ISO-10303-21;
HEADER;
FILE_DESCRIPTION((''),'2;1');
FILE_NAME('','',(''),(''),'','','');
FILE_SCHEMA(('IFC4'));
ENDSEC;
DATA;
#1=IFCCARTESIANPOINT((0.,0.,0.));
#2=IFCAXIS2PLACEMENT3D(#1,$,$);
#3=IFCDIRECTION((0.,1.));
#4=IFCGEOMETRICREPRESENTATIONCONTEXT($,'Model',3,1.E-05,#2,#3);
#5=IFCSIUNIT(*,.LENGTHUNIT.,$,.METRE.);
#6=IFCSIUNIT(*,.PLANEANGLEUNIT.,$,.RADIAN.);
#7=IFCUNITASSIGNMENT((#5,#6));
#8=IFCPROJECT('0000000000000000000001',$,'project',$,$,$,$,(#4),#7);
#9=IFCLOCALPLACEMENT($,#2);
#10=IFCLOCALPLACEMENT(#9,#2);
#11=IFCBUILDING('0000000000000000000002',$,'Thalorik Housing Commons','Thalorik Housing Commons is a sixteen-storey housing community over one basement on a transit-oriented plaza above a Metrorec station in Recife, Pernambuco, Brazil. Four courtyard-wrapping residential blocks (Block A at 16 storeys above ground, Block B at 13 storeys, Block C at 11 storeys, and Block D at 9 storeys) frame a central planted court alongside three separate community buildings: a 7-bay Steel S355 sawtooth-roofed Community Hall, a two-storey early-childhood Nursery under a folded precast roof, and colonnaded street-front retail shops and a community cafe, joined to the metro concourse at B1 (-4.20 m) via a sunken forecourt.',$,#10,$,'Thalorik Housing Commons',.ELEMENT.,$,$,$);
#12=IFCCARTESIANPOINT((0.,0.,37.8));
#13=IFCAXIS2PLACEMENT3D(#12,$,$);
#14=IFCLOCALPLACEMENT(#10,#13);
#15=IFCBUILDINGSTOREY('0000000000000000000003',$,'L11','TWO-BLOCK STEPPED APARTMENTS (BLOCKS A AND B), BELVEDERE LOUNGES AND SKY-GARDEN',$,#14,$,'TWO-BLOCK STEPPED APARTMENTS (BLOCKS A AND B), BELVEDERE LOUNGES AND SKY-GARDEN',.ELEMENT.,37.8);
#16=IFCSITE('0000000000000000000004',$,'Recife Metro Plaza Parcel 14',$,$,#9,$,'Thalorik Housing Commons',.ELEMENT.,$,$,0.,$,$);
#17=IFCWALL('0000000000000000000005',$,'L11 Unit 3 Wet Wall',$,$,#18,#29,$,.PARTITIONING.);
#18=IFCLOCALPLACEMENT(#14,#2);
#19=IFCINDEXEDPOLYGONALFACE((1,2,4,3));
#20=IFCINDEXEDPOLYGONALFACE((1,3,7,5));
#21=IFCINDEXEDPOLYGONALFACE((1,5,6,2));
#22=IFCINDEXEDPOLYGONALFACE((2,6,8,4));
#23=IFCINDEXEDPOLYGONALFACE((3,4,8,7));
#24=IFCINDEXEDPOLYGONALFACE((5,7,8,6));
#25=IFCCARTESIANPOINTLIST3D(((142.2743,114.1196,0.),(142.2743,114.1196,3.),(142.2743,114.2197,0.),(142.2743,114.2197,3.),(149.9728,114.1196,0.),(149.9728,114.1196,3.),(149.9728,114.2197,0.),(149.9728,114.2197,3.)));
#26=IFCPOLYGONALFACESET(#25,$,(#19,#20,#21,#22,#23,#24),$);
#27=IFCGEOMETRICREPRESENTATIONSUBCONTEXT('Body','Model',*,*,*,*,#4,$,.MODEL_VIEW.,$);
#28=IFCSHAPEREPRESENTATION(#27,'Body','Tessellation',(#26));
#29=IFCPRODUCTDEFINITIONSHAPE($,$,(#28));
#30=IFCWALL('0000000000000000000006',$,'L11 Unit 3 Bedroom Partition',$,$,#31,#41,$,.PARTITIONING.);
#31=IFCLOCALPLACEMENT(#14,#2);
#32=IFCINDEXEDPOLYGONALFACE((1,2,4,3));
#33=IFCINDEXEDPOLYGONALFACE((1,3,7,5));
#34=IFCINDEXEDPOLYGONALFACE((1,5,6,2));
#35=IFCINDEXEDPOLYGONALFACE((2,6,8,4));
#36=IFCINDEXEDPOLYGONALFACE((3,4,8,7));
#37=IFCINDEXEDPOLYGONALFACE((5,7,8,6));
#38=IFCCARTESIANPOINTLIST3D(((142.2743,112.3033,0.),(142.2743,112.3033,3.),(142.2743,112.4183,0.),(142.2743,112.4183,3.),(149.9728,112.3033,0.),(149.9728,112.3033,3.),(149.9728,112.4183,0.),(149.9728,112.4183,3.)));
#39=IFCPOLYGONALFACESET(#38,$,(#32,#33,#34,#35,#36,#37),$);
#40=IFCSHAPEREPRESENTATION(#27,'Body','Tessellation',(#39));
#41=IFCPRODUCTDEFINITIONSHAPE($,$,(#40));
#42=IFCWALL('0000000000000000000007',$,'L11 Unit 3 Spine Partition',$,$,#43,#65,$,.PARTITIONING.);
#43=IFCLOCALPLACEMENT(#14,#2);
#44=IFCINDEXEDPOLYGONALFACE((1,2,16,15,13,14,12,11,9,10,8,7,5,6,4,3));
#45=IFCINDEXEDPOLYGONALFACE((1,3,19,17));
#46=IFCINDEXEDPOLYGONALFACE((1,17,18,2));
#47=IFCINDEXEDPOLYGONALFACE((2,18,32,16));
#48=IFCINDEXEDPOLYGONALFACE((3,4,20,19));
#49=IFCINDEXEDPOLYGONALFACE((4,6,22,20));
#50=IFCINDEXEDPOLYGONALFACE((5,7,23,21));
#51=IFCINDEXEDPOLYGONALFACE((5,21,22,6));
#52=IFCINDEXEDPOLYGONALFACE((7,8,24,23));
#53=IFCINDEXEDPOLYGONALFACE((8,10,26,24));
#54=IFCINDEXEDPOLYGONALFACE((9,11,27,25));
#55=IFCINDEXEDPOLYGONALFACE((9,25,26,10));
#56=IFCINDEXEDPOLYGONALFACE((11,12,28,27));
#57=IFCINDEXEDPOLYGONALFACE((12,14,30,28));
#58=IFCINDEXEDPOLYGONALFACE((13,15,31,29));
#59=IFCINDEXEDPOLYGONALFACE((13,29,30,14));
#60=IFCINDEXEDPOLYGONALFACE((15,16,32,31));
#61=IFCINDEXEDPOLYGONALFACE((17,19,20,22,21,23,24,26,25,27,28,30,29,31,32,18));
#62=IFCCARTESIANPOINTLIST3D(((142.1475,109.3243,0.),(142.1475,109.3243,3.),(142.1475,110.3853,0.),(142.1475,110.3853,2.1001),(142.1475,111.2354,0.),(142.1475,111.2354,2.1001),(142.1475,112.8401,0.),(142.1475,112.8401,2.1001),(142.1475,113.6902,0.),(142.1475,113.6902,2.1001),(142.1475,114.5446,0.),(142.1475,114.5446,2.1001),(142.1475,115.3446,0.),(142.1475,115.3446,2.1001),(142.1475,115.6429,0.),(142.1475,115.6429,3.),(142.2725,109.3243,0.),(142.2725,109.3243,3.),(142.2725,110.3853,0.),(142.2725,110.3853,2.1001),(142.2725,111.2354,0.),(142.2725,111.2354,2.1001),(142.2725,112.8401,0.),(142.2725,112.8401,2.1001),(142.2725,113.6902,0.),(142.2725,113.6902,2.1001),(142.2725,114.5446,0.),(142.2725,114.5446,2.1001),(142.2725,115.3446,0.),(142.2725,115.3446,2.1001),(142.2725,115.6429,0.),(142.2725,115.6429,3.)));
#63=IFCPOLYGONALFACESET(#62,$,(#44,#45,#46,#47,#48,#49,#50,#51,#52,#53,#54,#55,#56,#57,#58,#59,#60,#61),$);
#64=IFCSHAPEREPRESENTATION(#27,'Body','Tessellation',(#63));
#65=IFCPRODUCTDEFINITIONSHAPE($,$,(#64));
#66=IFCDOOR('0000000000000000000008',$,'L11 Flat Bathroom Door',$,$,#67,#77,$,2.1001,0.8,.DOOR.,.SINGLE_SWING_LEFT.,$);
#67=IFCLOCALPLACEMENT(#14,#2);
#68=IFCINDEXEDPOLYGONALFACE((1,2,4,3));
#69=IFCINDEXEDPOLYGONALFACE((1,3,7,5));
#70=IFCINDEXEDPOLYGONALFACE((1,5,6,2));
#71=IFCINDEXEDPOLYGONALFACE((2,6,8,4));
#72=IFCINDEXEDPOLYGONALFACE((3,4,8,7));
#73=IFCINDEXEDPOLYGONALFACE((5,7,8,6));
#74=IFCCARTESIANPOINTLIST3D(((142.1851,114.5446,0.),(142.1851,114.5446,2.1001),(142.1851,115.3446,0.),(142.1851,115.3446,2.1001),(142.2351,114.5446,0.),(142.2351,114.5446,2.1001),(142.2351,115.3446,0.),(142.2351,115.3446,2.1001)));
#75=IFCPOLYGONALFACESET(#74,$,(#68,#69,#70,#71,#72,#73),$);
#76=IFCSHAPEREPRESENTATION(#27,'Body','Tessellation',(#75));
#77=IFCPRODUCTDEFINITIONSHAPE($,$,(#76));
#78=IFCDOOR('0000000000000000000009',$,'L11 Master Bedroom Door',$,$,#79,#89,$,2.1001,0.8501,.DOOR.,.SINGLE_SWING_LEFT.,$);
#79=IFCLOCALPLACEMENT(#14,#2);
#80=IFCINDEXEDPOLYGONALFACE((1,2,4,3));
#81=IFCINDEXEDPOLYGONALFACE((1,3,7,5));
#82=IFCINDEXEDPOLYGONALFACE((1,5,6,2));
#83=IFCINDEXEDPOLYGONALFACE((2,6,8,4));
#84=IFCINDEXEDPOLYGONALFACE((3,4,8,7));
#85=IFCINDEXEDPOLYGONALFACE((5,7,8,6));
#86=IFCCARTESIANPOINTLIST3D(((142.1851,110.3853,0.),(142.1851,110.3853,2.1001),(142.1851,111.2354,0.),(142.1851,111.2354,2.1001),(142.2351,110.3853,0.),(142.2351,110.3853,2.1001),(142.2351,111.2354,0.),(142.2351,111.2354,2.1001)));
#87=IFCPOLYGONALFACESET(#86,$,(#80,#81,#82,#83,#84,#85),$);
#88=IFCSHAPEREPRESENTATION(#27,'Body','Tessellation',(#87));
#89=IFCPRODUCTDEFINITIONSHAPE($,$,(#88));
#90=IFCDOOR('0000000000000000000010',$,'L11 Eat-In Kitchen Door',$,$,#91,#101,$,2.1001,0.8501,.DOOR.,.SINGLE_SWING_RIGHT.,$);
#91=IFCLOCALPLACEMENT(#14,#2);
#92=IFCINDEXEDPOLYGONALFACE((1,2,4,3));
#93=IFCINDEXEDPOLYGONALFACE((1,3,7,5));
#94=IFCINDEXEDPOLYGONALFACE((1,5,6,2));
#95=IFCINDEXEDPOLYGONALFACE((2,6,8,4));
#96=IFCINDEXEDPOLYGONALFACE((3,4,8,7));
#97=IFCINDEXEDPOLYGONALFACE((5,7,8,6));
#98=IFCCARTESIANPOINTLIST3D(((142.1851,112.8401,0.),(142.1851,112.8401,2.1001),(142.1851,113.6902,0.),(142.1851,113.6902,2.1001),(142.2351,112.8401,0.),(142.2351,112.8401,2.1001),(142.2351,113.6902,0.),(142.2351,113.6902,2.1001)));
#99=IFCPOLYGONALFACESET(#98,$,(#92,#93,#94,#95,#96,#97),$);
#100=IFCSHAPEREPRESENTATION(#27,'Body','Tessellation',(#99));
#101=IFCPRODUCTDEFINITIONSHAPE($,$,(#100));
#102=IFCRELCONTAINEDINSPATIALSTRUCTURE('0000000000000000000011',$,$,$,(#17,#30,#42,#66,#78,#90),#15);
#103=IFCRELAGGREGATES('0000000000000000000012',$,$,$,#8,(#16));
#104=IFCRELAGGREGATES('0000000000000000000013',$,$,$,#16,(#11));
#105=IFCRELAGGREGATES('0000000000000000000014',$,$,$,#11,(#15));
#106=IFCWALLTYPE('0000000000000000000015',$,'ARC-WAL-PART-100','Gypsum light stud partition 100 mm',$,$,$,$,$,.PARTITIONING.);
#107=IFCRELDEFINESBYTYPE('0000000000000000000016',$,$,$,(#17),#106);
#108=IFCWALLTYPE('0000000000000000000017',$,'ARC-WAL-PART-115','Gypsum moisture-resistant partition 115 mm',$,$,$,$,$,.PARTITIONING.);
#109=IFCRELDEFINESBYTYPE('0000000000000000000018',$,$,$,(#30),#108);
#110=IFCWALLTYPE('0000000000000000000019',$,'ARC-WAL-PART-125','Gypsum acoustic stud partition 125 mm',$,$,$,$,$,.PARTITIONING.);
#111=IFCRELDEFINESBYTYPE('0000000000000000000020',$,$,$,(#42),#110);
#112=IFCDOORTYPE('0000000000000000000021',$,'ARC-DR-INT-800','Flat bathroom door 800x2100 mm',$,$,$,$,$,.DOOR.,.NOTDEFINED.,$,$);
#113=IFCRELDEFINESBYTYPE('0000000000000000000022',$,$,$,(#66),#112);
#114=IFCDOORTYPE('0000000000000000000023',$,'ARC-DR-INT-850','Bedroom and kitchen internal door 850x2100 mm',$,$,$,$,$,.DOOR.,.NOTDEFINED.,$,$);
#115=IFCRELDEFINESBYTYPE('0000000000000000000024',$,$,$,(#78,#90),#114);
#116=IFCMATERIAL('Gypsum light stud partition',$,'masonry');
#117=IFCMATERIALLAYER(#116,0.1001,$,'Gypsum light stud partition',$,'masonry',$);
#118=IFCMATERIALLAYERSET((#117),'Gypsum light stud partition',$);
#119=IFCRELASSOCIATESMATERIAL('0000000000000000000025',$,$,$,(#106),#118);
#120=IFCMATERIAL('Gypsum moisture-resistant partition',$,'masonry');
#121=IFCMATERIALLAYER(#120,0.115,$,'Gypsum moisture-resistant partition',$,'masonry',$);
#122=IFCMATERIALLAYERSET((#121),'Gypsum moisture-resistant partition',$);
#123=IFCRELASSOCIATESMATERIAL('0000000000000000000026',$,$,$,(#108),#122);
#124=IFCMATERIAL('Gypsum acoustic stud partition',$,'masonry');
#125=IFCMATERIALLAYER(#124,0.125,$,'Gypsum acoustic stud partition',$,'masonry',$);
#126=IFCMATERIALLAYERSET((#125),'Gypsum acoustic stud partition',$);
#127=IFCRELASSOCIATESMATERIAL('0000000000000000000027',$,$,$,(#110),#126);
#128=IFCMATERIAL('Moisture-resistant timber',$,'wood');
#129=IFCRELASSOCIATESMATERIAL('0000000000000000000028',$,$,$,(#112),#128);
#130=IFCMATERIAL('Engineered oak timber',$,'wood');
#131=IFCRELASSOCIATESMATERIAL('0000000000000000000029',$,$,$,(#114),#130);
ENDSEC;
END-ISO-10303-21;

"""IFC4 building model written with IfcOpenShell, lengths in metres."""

from ifc_helpers import new_model, si_unit, direction, frame, frame_2d, origin, place, context, subcontext, project, spatial, rectangle, extrude, material, layer, layer_set, type_object, element, fill, save


model = new_model("IFC4")

# Units and contexts
model_context = context("Model", 3, precision=1e-05, world=origin(), true_north=direction((0.0, 1.0)))
body_context = subcontext(model_context, "Body", "Model", "MODEL_VIEW")
ifc_project = project(units=[si_unit("LENGTHUNIT", "METRE"), si_unit("PLANEANGLEUNIT", "RADIAN")], contexts=[model_context])

# Site, building, storey
site_placement = place(None, origin())
site = spatial("IfcSite", under=ifc_project, at=site_placement, Name="Recife Metro Plaza Parcel 14", LongName="Thalorik Housing Commons", CompositionType="ELEMENT", RefElevation=0.0)
building_placement = place(site_placement, origin())
building = spatial("IfcBuilding", under=site, at=building_placement, Name="Thalorik Housing Commons", Description="Thalorik Housing Commons is a sixteen-storey housing community over one basement on a transit-oriented plaza above a Metrorec station in Recife, Pernambuco, Brazil. Four courtyard-wrapping residential blocks (Block A at 16 storeys above ground, Block B at 13 storeys, Block C at 11 storeys, and Block D at 9 storeys) frame a central planted court alongside three separate community buildings: a 7-bay Steel S355 sawtooth-roofed Community Hall, a two-storey early-childhood Nursery under a folded precast roof, and colonnaded street-front retail shops and a community cafe, joined to the metro concourse at B1 (-4.20 m) via a sunken forecourt.", LongName="Thalorik Housing Commons", CompositionType="ELEMENT")
storey_placement = place(building_placement, frame((0.0, 0.0, 37.8)))
storey = spatial("IfcBuildingStorey", under=building, at=storey_placement, Name="L11", Description="TWO-BLOCK STEPPED APARTMENTS (BLOCKS A AND B), BELVEDERE LOUNGES AND SKY-GARDEN", LongName="TWO-BLOCK STEPPED APARTMENTS (BLOCKS A AND B), BELVEDERE LOUNGES AND SKY-GARDEN", CompositionType="ELEMENT", Elevation=37.8)

# Walls
ifc_material_1 = material(Name="Gypsum light stud partition", Category="masonry")
ifc_layer_1 = layer(ifc_material_1, 0.1001, Name="Gypsum light stud partition", Category="masonry")
ifc_layer_set_1 = layer_set([ifc_layer_1], Name="Gypsum light stud partition")
wall_type_1 = type_object("IfcWallType", Name="ARC-WAL-PART-100", Description="Gypsum light stud partition 100 mm", PredefinedType="PARTITIONING", material=ifc_layer_set_1)
wall_1_placement = place(storey_placement, frame((142.2744, 114.1697, 0.0), z_axis=(0.0, 0.0, 1.0), x_axis=(1.0, 0.0, 0.0)))
element("IfcWall", 1, at=wall_1_placement, inside=storey, type_object=wall_type_1, Name="L11 Unit 3 Wet Wall", PredefinedType="PARTITIONING", context=body_context, shape_type="SweptSolid", body=[
    extrude(rectangle(XDim=7.6985, YDim=0.1001, at=frame_2d((3.8491, 0.0))), origin(), (0.0, 0.0, 1.0), 3.0),
])
ifc_material_2 = material(Name="Gypsum moisture-resistant partition", Category="masonry")
ifc_layer_2 = layer(ifc_material_2, 0.115, Name="Gypsum moisture-resistant partition", Category="masonry")
ifc_layer_set_2 = layer_set([ifc_layer_2], Name="Gypsum moisture-resistant partition")
wall_type_2 = type_object("IfcWallType", Name="ARC-WAL-PART-115", Description="Gypsum moisture-resistant partition 115 mm", PredefinedType="PARTITIONING", material=ifc_layer_set_2)
wall_2_placement = place(storey_placement, frame((142.2744, 112.3608, 0.0), z_axis=(0.0, 0.0, 1.0), x_axis=(1.0, 0.0, 0.0)))
element("IfcWall", 2, at=wall_2_placement, inside=storey, type_object=wall_type_2, Name="L11 Unit 3 Bedroom Partition", PredefinedType="PARTITIONING", context=body_context, shape_type="SweptSolid", body=[
    extrude(rectangle(XDim=7.6985, YDim=0.115, at=frame_2d((3.8491, 0.0))), origin(), (0.0, 0.0, 1.0), 3.0),
])

# Wall, openings, doors
ifc_material_3 = material(Name="Gypsum acoustic stud partition", Category="masonry")
ifc_layer_3 = layer(ifc_material_3, 0.125, Name="Gypsum acoustic stud partition", Category="masonry")
ifc_layer_set_3 = layer_set([ifc_layer_3], Name="Gypsum acoustic stud partition")
wall_type_3 = type_object("IfcWallType", Name="ARC-WAL-PART-125", Description="Gypsum acoustic stud partition 125 mm", PredefinedType="PARTITIONING", material=ifc_layer_set_3)
wall_3_placement = place(storey_placement, frame((142.21, 109.3245, 0.0), z_axis=(0.0, 0.0, 1.0), x_axis=(0.0, 1.0, 0.0)))
wall_3 = element("IfcWall", 3, at=wall_3_placement, inside=storey, type_object=wall_type_3, Name="L11 Unit 3 Spine Partition", PredefinedType="PARTITIONING", context=body_context, shape_type="SweptSolid", body=[
    extrude(rectangle(XDim=6.3186, YDim=0.125, at=frame_2d((3.1592, 0.0))), origin(), (0.0, 0.0, 1.0), 3.0),
])
opening_1_placement = place(wall_3_placement, frame((1.0608, 0.0, 0.0)))
opening_1 = element("IfcOpeningElement", 4, at=opening_1_placement, cuts=wall_3, PredefinedType="OPENING", context=body_context, shape_type="SweptSolid", body=[
    extrude(rectangle(XDim=0.8501, YDim=2.1001, at=frame_2d((0.425, 1.05))), frame((0.0, 0.0725, 0.0), z_axis=(0.0, -1.0, 0.0), x_axis=(1.0, 0.0, 0.0)), (0.0, 0.0, 1.0), 0.145),
])
opening_2_placement = place(wall_3_placement, frame((3.5156, 0.0, 0.0)))
opening_2 = element("IfcOpeningElement", 5, at=opening_2_placement, cuts=wall_3, PredefinedType="OPENING", context=body_context, shape_type="SweptSolid", body=[
    extrude(rectangle(XDim=0.8501, YDim=2.1001, at=frame_2d((0.425, 1.05))), frame((0.0, 0.0725, 0.0), z_axis=(0.0, -1.0, 0.0), x_axis=(1.0, 0.0, 0.0)), (0.0, 0.0, 1.0), 0.145),
])
opening_3_placement = place(wall_3_placement, frame((5.2202, 0.0, 0.0)))
opening_3 = element("IfcOpeningElement", 6, at=opening_3_placement, cuts=wall_3, PredefinedType="OPENING", context=body_context, shape_type="SweptSolid", body=[
    extrude(rectangle(XDim=0.8, YDim=2.1001, at=frame_2d((0.3999, 1.05))), frame((0.0, 0.0725, 0.0), z_axis=(0.0, -1.0, 0.0), x_axis=(1.0, 0.0, 0.0)), (0.0, 0.0, 1.0), 0.145),
])
ifc_material_4 = material(Name="Moisture-resistant timber", Category="wood")
door_type_1 = type_object("IfcDoorType", Name="ARC-DR-INT-800", Description="Flat bathroom door 800x2100 mm", OperationType="NOTDEFINED", PredefinedType="DOOR", material=ifc_material_4)
door_1_placement = place(opening_3_placement, origin())
door_1 = element("IfcDoor", 7, at=door_1_placement, inside=storey, type_object=door_type_1, Name="L11 Flat Bathroom Door", OperationType="SINGLE_SWING_LEFT", OverallHeight=2.1001, OverallWidth=0.8, PredefinedType="DOOR", context=body_context, shape_type="SweptSolid", body=[
    extrude(rectangle(XDim=0.8, YDim=2.1001, at=frame_2d((0.3999, 1.05))), frame((0.0, 0.0249, 0.0), z_axis=(0.0, -1.0, 0.0), x_axis=(1.0, 0.0, 0.0)), (0.0, 0.0, 1.0), 0.05),
])
fill(opening_3, door_1)
ifc_material_5 = material(Name="Engineered oak timber", Category="wood")
door_type_2 = type_object("IfcDoorType", Name="ARC-DR-INT-850", Description="Bedroom and kitchen internal door 850x2100 mm", OperationType="NOTDEFINED", PredefinedType="DOOR", material=ifc_material_5)
door_2_placement = place(opening_1_placement, origin())
door_2 = element("IfcDoor", 8, at=door_2_placement, inside=storey, type_object=door_type_2, Name="L11 Master Bedroom Door", OperationType="SINGLE_SWING_LEFT", OverallHeight=2.1001, OverallWidth=0.8501, PredefinedType="DOOR", context=body_context, shape_type="SweptSolid", body=[
    extrude(rectangle(XDim=0.8501, YDim=2.1001, at=frame_2d((0.425, 1.05))), frame((0.0, 0.0249, 0.0), z_axis=(0.0, -1.0, 0.0), x_axis=(1.0, 0.0, 0.0)), (0.0, 0.0, 1.0), 0.05),
])
fill(opening_1, door_2)
door_3_placement = place(opening_2_placement, origin())
door_3 = element("IfcDoor", 9, at=door_3_placement, inside=storey, type_object=door_type_2, Name="L11 Eat-In Kitchen Door", OperationType="SINGLE_SWING_RIGHT", OverallHeight=2.1001, OverallWidth=0.8501, PredefinedType="DOOR", context=body_context, shape_type="SweptSolid", body=[
    extrude(rectangle(XDim=0.8501, YDim=2.1001, at=frame_2d((0.425, 1.05))), frame((0.0, 0.0249, 0.0), z_axis=(0.0, -1.0, 0.0), x_axis=(1.0, 0.0, 0.0)), (0.0, 0.0, 1.0), 0.05),
])
fill(opening_2, door_3)

save(model, "model.ifc")
